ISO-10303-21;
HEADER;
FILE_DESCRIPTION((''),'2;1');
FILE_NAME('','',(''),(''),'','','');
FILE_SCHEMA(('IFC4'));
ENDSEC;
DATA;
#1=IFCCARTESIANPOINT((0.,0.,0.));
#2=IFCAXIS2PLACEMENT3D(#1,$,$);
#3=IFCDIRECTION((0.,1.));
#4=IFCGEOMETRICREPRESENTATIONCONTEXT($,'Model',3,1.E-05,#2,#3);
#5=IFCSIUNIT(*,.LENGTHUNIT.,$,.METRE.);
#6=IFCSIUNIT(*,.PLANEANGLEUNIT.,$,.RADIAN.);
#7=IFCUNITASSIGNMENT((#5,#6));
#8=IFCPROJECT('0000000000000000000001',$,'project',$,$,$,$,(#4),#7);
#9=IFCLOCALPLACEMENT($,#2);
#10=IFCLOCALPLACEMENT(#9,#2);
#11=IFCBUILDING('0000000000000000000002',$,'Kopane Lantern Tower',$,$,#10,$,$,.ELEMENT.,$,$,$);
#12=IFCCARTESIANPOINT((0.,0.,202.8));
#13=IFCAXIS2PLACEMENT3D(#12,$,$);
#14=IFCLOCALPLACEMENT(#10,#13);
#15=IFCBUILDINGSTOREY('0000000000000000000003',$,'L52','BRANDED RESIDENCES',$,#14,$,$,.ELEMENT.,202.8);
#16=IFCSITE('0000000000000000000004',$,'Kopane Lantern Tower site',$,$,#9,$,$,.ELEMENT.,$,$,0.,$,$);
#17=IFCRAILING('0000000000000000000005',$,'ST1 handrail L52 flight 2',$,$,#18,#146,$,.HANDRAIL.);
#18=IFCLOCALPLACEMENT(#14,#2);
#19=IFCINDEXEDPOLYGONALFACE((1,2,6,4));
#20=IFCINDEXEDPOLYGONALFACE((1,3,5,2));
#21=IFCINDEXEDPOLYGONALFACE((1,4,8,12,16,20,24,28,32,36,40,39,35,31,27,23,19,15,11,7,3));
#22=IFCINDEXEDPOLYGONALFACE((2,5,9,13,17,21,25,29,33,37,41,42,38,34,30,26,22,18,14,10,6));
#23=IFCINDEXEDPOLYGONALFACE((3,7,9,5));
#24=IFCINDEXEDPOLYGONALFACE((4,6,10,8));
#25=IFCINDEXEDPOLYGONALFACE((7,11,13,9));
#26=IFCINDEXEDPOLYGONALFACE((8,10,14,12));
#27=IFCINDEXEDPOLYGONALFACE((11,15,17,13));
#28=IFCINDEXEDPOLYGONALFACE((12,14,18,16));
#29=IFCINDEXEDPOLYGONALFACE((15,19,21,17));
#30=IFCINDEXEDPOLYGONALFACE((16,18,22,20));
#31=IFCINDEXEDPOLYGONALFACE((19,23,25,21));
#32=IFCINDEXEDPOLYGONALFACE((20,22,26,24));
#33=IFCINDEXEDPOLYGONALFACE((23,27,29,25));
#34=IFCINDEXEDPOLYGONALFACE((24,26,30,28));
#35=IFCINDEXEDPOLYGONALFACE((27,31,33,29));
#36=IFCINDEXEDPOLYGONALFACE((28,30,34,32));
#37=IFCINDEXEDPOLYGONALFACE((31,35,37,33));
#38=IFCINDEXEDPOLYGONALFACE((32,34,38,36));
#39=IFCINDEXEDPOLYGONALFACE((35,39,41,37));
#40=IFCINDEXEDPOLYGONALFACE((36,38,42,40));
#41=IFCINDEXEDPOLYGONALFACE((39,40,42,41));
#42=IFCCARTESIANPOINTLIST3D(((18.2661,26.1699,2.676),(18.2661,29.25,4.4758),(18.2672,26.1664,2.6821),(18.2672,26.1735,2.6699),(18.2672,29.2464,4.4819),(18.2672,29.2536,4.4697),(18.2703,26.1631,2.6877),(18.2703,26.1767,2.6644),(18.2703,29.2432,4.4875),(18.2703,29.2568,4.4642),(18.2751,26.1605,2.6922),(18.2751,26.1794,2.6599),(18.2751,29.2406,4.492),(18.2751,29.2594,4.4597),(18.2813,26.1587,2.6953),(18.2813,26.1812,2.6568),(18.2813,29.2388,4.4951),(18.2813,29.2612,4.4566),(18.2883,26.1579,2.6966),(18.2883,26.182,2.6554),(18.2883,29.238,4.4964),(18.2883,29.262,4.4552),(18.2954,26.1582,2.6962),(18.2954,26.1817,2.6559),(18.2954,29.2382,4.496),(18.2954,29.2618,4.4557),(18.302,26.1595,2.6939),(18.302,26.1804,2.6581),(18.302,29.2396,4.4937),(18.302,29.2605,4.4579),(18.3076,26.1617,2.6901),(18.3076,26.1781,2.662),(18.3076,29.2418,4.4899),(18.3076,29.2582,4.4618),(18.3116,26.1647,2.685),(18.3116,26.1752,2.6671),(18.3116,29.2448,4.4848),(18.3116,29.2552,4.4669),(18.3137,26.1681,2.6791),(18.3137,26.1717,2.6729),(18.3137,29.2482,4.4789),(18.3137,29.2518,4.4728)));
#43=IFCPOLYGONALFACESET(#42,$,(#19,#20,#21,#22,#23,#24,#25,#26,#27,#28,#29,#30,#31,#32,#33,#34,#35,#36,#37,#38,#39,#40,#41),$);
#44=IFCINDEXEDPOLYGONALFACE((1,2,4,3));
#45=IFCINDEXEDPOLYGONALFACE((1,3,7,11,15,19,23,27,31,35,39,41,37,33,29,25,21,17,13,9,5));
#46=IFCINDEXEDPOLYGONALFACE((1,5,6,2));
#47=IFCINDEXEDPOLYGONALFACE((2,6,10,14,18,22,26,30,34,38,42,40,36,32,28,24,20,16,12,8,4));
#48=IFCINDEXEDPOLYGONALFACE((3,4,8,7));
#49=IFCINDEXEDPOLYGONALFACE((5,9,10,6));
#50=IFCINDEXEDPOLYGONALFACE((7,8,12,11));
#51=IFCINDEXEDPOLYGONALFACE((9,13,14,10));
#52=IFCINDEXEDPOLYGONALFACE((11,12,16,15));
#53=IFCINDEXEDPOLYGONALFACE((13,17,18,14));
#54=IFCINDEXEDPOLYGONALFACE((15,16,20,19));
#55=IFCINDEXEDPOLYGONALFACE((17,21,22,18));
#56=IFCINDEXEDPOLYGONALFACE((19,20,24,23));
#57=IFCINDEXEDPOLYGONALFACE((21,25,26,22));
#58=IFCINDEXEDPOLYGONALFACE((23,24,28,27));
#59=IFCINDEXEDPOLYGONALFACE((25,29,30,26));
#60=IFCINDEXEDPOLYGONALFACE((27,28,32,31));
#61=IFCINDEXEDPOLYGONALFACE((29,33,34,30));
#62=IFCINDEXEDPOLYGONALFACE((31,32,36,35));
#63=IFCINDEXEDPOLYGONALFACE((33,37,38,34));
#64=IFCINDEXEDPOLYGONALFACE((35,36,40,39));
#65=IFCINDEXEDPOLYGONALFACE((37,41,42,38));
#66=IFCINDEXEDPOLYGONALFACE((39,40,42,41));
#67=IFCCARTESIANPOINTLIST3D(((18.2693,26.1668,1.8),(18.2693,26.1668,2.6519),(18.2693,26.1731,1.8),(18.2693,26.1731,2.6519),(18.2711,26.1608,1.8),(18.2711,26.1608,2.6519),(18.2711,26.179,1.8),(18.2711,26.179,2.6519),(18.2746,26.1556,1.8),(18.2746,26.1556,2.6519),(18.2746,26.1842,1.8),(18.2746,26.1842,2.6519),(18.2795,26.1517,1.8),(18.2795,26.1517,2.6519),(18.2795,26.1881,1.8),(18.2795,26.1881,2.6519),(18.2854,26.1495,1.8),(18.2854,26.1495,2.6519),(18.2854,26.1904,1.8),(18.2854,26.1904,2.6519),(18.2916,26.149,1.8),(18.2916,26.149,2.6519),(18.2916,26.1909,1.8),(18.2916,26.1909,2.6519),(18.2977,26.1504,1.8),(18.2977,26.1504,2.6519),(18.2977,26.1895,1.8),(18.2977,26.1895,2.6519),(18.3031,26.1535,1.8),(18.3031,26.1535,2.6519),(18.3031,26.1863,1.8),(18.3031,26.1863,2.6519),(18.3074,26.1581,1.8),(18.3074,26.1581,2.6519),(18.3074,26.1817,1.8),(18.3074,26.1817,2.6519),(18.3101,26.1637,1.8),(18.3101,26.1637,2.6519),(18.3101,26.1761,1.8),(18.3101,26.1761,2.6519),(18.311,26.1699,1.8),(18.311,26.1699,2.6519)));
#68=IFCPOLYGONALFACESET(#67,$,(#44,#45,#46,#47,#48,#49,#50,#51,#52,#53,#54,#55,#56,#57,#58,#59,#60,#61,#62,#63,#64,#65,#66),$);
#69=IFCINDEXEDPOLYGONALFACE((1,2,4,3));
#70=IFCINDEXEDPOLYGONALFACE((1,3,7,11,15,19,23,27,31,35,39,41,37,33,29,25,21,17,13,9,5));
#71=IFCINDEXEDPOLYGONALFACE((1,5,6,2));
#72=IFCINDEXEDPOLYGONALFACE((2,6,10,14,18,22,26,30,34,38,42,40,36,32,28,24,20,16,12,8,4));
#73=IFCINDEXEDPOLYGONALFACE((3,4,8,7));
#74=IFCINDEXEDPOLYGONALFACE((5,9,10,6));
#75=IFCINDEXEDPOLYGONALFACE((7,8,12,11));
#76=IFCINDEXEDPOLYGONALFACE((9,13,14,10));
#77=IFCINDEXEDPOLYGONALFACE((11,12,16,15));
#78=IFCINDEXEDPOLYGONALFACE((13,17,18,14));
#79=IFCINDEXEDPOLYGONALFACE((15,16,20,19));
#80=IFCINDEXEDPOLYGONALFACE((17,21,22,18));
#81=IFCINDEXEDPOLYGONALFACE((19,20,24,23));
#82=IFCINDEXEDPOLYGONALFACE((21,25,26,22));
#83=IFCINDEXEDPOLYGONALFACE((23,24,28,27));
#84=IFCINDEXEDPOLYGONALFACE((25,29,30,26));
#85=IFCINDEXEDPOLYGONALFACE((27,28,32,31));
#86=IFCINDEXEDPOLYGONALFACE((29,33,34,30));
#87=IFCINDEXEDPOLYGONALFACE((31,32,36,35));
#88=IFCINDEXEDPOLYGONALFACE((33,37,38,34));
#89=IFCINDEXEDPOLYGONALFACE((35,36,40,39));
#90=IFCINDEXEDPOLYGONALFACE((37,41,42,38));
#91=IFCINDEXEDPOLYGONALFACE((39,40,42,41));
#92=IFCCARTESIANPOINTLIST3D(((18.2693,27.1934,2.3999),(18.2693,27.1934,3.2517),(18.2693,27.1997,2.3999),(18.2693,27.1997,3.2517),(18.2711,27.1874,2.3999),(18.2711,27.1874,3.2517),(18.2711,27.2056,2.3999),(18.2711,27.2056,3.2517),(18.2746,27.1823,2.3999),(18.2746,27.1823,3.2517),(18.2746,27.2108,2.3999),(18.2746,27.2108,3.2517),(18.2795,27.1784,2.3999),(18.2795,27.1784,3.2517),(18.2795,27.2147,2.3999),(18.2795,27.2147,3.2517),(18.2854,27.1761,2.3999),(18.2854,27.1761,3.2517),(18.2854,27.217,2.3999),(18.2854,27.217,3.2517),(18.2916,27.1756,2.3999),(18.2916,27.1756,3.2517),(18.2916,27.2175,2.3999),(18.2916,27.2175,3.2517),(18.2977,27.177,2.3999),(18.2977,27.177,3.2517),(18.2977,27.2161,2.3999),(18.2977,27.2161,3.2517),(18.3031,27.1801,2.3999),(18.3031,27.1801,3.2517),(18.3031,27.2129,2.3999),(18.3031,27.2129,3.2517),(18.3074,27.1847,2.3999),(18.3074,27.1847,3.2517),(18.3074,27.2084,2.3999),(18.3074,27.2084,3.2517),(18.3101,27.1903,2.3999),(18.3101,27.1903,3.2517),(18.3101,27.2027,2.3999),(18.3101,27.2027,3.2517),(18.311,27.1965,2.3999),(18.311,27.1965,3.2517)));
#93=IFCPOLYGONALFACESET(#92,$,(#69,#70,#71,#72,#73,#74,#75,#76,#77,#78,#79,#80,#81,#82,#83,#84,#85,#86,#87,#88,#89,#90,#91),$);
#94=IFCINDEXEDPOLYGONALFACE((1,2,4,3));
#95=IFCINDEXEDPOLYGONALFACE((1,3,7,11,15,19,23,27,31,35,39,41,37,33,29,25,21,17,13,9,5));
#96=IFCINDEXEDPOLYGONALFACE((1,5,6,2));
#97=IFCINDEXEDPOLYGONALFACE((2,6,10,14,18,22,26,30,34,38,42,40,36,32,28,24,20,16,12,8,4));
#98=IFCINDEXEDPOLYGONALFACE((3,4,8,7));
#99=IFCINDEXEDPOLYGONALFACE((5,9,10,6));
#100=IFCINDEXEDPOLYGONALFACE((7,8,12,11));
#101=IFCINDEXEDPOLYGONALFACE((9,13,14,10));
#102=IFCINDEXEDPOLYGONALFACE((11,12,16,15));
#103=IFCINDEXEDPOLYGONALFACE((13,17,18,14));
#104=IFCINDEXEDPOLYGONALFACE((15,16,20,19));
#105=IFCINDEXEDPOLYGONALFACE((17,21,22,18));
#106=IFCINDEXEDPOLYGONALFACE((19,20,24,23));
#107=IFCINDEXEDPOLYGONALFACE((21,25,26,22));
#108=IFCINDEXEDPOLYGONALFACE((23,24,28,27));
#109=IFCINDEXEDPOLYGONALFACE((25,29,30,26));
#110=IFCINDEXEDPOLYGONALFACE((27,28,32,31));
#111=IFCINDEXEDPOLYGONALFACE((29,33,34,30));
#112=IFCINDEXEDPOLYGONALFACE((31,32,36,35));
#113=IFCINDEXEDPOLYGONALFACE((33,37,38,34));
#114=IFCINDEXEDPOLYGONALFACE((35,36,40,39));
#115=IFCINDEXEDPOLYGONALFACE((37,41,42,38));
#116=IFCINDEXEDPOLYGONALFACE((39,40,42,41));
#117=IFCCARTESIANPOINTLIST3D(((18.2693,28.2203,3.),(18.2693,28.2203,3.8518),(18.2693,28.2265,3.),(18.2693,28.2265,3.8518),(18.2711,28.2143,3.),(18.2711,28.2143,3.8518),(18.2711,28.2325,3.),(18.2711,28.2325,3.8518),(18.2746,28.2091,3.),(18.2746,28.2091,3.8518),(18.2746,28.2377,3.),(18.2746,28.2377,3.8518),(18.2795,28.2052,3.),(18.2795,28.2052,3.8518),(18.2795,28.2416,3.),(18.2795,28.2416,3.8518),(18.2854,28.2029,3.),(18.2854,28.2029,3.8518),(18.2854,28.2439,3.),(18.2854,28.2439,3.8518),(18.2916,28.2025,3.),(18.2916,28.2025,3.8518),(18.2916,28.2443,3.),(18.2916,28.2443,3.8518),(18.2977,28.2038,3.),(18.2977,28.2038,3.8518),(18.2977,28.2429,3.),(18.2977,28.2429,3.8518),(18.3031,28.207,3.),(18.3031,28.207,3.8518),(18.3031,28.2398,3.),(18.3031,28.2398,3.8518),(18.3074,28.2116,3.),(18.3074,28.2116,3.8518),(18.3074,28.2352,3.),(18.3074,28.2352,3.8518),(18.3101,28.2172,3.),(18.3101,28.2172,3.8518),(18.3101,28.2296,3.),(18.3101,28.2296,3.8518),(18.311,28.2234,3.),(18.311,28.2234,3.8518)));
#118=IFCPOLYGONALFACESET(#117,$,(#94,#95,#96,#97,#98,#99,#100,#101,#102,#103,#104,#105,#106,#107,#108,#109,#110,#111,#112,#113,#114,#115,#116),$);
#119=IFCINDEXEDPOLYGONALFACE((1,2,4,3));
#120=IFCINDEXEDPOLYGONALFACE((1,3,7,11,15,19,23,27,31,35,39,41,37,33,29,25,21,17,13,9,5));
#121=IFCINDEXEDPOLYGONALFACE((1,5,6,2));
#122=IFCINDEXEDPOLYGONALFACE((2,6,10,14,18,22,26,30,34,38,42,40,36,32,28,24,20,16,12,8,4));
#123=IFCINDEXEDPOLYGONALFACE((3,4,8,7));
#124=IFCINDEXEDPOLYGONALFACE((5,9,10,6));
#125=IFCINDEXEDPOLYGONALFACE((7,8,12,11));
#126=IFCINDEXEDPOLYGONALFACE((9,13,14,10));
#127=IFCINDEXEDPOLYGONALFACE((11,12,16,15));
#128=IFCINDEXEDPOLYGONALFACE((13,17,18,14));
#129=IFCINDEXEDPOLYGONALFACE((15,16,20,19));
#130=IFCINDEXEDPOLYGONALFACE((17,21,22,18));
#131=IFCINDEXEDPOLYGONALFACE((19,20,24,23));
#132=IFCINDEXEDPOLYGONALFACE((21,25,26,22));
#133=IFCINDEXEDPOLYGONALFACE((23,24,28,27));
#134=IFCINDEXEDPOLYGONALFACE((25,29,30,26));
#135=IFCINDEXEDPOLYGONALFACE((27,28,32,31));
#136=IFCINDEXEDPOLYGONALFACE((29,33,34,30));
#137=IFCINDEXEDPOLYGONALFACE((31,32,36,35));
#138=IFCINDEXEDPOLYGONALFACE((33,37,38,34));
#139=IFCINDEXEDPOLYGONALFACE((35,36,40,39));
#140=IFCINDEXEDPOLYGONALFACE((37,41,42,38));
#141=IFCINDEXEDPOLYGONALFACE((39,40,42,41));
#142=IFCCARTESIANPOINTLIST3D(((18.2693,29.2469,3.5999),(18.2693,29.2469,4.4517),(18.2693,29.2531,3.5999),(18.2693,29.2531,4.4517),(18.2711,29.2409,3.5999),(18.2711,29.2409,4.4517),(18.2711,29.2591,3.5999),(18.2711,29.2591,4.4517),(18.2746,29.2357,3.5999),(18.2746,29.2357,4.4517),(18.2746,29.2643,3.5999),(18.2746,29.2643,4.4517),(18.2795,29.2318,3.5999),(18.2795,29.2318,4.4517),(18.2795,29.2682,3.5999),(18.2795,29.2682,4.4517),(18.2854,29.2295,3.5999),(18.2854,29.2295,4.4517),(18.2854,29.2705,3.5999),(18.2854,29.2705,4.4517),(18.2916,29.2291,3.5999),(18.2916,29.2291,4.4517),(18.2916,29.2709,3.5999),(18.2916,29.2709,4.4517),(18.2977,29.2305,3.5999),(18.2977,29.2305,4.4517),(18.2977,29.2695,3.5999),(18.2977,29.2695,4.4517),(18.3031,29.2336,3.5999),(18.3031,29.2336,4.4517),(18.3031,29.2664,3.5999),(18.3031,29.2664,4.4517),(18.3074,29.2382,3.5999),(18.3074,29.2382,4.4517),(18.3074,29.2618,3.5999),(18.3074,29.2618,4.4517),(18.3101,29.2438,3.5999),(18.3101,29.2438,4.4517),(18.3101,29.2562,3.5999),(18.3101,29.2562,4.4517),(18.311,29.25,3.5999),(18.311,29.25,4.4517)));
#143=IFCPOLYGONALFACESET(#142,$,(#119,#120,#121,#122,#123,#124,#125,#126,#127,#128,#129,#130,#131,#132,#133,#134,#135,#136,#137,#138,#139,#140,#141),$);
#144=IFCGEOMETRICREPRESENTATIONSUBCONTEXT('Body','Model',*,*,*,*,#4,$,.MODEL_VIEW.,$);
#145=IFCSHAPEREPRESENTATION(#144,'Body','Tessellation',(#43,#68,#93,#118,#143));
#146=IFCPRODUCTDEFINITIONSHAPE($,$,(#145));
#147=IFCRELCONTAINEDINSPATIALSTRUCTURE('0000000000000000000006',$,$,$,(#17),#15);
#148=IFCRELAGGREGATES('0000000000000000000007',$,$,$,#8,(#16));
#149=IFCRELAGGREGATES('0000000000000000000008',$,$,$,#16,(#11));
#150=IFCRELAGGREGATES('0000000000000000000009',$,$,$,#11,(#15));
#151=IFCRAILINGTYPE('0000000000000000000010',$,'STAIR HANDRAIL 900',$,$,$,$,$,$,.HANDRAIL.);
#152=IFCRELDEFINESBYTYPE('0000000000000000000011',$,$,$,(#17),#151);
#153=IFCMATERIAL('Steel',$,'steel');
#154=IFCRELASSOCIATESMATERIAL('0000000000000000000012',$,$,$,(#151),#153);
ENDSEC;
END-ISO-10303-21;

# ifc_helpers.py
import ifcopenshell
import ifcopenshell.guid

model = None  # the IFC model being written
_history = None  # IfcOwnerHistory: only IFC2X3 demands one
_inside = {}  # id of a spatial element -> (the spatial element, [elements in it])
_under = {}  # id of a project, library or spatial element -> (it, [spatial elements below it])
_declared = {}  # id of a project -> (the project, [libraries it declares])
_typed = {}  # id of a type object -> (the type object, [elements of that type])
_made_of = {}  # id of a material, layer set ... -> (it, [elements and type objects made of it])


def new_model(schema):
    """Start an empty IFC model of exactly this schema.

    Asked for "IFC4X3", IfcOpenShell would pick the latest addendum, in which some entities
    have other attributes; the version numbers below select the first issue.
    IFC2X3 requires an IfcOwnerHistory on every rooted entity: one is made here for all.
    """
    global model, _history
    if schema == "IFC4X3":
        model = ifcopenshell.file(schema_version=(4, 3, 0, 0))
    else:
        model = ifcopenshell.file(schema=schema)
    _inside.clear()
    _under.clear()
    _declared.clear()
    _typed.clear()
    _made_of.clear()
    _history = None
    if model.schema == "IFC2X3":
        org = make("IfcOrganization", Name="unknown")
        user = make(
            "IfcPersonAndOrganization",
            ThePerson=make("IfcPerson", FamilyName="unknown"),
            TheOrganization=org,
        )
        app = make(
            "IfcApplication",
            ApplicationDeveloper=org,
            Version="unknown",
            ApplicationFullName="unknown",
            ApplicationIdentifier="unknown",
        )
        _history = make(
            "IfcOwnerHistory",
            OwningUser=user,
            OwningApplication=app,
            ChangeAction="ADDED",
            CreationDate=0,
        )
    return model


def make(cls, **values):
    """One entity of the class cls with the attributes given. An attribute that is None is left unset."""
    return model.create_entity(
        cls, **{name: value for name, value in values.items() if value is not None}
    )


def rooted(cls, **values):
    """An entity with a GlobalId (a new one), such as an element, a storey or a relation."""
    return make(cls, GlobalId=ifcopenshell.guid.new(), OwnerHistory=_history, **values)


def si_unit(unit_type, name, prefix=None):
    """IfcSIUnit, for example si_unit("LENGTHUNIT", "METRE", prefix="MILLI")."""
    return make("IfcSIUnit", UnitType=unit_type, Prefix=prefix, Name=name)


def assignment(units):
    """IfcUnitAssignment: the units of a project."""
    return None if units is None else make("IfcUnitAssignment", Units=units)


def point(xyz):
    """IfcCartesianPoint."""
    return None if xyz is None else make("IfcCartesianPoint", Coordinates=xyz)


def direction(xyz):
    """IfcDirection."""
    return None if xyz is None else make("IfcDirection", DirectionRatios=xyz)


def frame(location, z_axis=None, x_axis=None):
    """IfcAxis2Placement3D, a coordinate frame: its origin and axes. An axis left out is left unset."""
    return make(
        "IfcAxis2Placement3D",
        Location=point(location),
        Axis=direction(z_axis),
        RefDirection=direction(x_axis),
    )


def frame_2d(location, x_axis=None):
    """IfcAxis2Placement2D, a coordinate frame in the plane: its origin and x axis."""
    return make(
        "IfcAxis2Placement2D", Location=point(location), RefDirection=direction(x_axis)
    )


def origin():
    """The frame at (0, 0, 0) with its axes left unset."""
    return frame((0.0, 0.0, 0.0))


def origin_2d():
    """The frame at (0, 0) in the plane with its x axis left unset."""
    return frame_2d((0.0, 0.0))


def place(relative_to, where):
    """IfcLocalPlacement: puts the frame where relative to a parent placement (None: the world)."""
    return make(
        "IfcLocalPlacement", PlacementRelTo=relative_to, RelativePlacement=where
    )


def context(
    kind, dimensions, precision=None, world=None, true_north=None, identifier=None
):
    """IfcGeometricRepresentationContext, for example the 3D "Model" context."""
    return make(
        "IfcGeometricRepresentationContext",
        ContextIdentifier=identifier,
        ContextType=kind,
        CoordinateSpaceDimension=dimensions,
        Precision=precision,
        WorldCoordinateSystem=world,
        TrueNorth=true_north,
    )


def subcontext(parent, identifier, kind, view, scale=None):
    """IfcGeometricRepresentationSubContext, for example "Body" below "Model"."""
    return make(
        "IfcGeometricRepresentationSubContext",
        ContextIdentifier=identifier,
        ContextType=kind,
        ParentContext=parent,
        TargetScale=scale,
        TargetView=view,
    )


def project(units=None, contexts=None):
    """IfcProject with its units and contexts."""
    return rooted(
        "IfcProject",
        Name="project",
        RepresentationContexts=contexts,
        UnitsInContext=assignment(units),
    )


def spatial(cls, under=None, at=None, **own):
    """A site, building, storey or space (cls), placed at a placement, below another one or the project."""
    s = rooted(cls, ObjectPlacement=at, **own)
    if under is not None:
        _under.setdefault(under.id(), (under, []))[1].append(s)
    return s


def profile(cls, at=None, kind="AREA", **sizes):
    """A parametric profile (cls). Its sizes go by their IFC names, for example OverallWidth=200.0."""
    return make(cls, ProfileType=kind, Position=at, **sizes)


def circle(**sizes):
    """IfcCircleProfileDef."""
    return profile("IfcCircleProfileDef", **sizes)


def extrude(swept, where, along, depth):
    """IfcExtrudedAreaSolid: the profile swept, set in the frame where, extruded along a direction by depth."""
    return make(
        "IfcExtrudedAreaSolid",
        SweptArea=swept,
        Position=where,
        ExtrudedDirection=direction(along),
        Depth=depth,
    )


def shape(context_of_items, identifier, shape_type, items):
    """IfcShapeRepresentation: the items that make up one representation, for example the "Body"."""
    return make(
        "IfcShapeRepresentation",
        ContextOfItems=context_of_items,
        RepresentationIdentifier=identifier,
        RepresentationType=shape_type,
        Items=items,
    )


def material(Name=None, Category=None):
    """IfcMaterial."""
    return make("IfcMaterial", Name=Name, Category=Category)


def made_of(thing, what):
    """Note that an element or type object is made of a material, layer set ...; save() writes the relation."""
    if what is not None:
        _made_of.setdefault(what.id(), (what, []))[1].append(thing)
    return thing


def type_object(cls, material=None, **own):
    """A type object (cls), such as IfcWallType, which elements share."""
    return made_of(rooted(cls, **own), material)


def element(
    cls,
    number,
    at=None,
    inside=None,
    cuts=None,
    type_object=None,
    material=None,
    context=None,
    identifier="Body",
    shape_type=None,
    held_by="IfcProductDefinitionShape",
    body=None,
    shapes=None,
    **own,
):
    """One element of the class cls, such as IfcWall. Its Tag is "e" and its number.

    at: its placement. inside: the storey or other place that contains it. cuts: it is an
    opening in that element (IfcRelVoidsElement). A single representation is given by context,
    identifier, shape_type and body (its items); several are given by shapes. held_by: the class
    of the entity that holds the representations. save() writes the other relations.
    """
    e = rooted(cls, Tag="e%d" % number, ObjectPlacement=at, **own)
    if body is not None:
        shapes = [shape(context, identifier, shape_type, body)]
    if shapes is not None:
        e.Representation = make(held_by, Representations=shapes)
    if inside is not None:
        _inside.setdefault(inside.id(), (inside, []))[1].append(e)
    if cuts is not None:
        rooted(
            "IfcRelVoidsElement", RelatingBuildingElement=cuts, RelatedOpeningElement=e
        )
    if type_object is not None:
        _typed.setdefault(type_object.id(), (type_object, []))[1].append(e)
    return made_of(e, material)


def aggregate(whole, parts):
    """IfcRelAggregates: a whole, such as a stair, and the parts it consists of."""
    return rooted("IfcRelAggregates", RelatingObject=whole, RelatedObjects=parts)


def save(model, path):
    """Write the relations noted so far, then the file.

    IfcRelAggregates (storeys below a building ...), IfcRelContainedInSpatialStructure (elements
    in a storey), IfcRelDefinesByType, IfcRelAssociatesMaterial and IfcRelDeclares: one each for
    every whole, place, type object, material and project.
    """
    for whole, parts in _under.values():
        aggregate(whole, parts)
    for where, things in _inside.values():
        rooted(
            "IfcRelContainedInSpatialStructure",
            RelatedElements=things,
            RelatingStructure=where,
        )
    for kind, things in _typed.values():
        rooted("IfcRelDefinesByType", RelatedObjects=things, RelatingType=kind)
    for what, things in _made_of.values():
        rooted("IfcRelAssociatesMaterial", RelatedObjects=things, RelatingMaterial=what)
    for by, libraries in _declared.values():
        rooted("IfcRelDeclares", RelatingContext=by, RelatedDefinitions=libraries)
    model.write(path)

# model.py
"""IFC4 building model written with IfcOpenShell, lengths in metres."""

from ifc_helpers import new_model, si_unit, direction, frame, origin, origin_2d, place, context, subcontext, project, spatial, circle, extrude, material, type_object, element, save


model = new_model("IFC4")

# Units and contexts
model_context = context("Model", 3, precision=1e-05, world=origin(), true_north=direction((0.0, 1.0)))
body_context = subcontext(model_context, "Body", "Model", "MODEL_VIEW")
ifc_project = project(units=[si_unit("LENGTHUNIT", "METRE"), si_unit("PLANEANGLEUNIT", "RADIAN")], contexts=[model_context])

# Site, building, storey
site_placement = place(None, origin())
site = spatial("IfcSite", under=ifc_project, at=site_placement, Name="Kopane Lantern Tower site", CompositionType="ELEMENT", RefElevation=0.0)
building_placement = place(site_placement, origin())
building = spatial("IfcBuilding", under=site, at=building_placement, Name="Kopane Lantern Tower", CompositionType="ELEMENT")
storey_placement = place(building_placement, frame((0.0, 0.0, 202.8)))
storey = spatial("IfcBuildingStorey", under=building, at=storey_placement, Name="L52", Description="BRANDED RESIDENCES", CompositionType="ELEMENT", Elevation=202.8)

# Railing
ifc_material_1 = material(Name="Steel", Category="steel")
railing_type_1 = type_object("IfcRailingType", Name="STAIR HANDRAIL 900", PredefinedType="HANDRAIL", material=ifc_material_1)
for number, where, name in (
    (1, (18.29, 26.1699, 1.8), "ST1 handrail L52 flight 2"),
):
    element("IfcRailing", number, at=place(storey_placement, frame(where)), inside=storey, type_object=railing_type_1, Name=name, PredefinedType="HANDRAIL", context=body_context, shape_type="SweptSolid", body=[
        extrude(circle(Radius=0.0239, at=origin_2d()), frame((0.0, 0.0, 0.876), z_axis=(0.0, 0.863401, 0.504518), x_axis=(-1.0, 0.0, 0.0)), (0.0, 0.0, 1.0), 3.5674),
        extrude(circle(Radius=0.021, at=origin_2d()), origin(), (0.0, 0.0, 1.0), 0.8518),
        extrude(circle(Radius=0.021, at=origin_2d()), frame((0.0, 1.0266, 0.5999)), (0.0, 0.0, 1.0), 0.8518),
        extrude(circle(Radius=0.021, at=origin_2d()), frame((0.0, 2.0535, 1.2)), (0.0, 0.0, 1.0), 0.8518),
        extrude(circle(Radius=0.021, at=origin_2d()), frame((0.0, 3.0801, 1.7998)), (0.0, 0.0, 1.0), 0.8518),
    ])

save(model, "model.ifc")
